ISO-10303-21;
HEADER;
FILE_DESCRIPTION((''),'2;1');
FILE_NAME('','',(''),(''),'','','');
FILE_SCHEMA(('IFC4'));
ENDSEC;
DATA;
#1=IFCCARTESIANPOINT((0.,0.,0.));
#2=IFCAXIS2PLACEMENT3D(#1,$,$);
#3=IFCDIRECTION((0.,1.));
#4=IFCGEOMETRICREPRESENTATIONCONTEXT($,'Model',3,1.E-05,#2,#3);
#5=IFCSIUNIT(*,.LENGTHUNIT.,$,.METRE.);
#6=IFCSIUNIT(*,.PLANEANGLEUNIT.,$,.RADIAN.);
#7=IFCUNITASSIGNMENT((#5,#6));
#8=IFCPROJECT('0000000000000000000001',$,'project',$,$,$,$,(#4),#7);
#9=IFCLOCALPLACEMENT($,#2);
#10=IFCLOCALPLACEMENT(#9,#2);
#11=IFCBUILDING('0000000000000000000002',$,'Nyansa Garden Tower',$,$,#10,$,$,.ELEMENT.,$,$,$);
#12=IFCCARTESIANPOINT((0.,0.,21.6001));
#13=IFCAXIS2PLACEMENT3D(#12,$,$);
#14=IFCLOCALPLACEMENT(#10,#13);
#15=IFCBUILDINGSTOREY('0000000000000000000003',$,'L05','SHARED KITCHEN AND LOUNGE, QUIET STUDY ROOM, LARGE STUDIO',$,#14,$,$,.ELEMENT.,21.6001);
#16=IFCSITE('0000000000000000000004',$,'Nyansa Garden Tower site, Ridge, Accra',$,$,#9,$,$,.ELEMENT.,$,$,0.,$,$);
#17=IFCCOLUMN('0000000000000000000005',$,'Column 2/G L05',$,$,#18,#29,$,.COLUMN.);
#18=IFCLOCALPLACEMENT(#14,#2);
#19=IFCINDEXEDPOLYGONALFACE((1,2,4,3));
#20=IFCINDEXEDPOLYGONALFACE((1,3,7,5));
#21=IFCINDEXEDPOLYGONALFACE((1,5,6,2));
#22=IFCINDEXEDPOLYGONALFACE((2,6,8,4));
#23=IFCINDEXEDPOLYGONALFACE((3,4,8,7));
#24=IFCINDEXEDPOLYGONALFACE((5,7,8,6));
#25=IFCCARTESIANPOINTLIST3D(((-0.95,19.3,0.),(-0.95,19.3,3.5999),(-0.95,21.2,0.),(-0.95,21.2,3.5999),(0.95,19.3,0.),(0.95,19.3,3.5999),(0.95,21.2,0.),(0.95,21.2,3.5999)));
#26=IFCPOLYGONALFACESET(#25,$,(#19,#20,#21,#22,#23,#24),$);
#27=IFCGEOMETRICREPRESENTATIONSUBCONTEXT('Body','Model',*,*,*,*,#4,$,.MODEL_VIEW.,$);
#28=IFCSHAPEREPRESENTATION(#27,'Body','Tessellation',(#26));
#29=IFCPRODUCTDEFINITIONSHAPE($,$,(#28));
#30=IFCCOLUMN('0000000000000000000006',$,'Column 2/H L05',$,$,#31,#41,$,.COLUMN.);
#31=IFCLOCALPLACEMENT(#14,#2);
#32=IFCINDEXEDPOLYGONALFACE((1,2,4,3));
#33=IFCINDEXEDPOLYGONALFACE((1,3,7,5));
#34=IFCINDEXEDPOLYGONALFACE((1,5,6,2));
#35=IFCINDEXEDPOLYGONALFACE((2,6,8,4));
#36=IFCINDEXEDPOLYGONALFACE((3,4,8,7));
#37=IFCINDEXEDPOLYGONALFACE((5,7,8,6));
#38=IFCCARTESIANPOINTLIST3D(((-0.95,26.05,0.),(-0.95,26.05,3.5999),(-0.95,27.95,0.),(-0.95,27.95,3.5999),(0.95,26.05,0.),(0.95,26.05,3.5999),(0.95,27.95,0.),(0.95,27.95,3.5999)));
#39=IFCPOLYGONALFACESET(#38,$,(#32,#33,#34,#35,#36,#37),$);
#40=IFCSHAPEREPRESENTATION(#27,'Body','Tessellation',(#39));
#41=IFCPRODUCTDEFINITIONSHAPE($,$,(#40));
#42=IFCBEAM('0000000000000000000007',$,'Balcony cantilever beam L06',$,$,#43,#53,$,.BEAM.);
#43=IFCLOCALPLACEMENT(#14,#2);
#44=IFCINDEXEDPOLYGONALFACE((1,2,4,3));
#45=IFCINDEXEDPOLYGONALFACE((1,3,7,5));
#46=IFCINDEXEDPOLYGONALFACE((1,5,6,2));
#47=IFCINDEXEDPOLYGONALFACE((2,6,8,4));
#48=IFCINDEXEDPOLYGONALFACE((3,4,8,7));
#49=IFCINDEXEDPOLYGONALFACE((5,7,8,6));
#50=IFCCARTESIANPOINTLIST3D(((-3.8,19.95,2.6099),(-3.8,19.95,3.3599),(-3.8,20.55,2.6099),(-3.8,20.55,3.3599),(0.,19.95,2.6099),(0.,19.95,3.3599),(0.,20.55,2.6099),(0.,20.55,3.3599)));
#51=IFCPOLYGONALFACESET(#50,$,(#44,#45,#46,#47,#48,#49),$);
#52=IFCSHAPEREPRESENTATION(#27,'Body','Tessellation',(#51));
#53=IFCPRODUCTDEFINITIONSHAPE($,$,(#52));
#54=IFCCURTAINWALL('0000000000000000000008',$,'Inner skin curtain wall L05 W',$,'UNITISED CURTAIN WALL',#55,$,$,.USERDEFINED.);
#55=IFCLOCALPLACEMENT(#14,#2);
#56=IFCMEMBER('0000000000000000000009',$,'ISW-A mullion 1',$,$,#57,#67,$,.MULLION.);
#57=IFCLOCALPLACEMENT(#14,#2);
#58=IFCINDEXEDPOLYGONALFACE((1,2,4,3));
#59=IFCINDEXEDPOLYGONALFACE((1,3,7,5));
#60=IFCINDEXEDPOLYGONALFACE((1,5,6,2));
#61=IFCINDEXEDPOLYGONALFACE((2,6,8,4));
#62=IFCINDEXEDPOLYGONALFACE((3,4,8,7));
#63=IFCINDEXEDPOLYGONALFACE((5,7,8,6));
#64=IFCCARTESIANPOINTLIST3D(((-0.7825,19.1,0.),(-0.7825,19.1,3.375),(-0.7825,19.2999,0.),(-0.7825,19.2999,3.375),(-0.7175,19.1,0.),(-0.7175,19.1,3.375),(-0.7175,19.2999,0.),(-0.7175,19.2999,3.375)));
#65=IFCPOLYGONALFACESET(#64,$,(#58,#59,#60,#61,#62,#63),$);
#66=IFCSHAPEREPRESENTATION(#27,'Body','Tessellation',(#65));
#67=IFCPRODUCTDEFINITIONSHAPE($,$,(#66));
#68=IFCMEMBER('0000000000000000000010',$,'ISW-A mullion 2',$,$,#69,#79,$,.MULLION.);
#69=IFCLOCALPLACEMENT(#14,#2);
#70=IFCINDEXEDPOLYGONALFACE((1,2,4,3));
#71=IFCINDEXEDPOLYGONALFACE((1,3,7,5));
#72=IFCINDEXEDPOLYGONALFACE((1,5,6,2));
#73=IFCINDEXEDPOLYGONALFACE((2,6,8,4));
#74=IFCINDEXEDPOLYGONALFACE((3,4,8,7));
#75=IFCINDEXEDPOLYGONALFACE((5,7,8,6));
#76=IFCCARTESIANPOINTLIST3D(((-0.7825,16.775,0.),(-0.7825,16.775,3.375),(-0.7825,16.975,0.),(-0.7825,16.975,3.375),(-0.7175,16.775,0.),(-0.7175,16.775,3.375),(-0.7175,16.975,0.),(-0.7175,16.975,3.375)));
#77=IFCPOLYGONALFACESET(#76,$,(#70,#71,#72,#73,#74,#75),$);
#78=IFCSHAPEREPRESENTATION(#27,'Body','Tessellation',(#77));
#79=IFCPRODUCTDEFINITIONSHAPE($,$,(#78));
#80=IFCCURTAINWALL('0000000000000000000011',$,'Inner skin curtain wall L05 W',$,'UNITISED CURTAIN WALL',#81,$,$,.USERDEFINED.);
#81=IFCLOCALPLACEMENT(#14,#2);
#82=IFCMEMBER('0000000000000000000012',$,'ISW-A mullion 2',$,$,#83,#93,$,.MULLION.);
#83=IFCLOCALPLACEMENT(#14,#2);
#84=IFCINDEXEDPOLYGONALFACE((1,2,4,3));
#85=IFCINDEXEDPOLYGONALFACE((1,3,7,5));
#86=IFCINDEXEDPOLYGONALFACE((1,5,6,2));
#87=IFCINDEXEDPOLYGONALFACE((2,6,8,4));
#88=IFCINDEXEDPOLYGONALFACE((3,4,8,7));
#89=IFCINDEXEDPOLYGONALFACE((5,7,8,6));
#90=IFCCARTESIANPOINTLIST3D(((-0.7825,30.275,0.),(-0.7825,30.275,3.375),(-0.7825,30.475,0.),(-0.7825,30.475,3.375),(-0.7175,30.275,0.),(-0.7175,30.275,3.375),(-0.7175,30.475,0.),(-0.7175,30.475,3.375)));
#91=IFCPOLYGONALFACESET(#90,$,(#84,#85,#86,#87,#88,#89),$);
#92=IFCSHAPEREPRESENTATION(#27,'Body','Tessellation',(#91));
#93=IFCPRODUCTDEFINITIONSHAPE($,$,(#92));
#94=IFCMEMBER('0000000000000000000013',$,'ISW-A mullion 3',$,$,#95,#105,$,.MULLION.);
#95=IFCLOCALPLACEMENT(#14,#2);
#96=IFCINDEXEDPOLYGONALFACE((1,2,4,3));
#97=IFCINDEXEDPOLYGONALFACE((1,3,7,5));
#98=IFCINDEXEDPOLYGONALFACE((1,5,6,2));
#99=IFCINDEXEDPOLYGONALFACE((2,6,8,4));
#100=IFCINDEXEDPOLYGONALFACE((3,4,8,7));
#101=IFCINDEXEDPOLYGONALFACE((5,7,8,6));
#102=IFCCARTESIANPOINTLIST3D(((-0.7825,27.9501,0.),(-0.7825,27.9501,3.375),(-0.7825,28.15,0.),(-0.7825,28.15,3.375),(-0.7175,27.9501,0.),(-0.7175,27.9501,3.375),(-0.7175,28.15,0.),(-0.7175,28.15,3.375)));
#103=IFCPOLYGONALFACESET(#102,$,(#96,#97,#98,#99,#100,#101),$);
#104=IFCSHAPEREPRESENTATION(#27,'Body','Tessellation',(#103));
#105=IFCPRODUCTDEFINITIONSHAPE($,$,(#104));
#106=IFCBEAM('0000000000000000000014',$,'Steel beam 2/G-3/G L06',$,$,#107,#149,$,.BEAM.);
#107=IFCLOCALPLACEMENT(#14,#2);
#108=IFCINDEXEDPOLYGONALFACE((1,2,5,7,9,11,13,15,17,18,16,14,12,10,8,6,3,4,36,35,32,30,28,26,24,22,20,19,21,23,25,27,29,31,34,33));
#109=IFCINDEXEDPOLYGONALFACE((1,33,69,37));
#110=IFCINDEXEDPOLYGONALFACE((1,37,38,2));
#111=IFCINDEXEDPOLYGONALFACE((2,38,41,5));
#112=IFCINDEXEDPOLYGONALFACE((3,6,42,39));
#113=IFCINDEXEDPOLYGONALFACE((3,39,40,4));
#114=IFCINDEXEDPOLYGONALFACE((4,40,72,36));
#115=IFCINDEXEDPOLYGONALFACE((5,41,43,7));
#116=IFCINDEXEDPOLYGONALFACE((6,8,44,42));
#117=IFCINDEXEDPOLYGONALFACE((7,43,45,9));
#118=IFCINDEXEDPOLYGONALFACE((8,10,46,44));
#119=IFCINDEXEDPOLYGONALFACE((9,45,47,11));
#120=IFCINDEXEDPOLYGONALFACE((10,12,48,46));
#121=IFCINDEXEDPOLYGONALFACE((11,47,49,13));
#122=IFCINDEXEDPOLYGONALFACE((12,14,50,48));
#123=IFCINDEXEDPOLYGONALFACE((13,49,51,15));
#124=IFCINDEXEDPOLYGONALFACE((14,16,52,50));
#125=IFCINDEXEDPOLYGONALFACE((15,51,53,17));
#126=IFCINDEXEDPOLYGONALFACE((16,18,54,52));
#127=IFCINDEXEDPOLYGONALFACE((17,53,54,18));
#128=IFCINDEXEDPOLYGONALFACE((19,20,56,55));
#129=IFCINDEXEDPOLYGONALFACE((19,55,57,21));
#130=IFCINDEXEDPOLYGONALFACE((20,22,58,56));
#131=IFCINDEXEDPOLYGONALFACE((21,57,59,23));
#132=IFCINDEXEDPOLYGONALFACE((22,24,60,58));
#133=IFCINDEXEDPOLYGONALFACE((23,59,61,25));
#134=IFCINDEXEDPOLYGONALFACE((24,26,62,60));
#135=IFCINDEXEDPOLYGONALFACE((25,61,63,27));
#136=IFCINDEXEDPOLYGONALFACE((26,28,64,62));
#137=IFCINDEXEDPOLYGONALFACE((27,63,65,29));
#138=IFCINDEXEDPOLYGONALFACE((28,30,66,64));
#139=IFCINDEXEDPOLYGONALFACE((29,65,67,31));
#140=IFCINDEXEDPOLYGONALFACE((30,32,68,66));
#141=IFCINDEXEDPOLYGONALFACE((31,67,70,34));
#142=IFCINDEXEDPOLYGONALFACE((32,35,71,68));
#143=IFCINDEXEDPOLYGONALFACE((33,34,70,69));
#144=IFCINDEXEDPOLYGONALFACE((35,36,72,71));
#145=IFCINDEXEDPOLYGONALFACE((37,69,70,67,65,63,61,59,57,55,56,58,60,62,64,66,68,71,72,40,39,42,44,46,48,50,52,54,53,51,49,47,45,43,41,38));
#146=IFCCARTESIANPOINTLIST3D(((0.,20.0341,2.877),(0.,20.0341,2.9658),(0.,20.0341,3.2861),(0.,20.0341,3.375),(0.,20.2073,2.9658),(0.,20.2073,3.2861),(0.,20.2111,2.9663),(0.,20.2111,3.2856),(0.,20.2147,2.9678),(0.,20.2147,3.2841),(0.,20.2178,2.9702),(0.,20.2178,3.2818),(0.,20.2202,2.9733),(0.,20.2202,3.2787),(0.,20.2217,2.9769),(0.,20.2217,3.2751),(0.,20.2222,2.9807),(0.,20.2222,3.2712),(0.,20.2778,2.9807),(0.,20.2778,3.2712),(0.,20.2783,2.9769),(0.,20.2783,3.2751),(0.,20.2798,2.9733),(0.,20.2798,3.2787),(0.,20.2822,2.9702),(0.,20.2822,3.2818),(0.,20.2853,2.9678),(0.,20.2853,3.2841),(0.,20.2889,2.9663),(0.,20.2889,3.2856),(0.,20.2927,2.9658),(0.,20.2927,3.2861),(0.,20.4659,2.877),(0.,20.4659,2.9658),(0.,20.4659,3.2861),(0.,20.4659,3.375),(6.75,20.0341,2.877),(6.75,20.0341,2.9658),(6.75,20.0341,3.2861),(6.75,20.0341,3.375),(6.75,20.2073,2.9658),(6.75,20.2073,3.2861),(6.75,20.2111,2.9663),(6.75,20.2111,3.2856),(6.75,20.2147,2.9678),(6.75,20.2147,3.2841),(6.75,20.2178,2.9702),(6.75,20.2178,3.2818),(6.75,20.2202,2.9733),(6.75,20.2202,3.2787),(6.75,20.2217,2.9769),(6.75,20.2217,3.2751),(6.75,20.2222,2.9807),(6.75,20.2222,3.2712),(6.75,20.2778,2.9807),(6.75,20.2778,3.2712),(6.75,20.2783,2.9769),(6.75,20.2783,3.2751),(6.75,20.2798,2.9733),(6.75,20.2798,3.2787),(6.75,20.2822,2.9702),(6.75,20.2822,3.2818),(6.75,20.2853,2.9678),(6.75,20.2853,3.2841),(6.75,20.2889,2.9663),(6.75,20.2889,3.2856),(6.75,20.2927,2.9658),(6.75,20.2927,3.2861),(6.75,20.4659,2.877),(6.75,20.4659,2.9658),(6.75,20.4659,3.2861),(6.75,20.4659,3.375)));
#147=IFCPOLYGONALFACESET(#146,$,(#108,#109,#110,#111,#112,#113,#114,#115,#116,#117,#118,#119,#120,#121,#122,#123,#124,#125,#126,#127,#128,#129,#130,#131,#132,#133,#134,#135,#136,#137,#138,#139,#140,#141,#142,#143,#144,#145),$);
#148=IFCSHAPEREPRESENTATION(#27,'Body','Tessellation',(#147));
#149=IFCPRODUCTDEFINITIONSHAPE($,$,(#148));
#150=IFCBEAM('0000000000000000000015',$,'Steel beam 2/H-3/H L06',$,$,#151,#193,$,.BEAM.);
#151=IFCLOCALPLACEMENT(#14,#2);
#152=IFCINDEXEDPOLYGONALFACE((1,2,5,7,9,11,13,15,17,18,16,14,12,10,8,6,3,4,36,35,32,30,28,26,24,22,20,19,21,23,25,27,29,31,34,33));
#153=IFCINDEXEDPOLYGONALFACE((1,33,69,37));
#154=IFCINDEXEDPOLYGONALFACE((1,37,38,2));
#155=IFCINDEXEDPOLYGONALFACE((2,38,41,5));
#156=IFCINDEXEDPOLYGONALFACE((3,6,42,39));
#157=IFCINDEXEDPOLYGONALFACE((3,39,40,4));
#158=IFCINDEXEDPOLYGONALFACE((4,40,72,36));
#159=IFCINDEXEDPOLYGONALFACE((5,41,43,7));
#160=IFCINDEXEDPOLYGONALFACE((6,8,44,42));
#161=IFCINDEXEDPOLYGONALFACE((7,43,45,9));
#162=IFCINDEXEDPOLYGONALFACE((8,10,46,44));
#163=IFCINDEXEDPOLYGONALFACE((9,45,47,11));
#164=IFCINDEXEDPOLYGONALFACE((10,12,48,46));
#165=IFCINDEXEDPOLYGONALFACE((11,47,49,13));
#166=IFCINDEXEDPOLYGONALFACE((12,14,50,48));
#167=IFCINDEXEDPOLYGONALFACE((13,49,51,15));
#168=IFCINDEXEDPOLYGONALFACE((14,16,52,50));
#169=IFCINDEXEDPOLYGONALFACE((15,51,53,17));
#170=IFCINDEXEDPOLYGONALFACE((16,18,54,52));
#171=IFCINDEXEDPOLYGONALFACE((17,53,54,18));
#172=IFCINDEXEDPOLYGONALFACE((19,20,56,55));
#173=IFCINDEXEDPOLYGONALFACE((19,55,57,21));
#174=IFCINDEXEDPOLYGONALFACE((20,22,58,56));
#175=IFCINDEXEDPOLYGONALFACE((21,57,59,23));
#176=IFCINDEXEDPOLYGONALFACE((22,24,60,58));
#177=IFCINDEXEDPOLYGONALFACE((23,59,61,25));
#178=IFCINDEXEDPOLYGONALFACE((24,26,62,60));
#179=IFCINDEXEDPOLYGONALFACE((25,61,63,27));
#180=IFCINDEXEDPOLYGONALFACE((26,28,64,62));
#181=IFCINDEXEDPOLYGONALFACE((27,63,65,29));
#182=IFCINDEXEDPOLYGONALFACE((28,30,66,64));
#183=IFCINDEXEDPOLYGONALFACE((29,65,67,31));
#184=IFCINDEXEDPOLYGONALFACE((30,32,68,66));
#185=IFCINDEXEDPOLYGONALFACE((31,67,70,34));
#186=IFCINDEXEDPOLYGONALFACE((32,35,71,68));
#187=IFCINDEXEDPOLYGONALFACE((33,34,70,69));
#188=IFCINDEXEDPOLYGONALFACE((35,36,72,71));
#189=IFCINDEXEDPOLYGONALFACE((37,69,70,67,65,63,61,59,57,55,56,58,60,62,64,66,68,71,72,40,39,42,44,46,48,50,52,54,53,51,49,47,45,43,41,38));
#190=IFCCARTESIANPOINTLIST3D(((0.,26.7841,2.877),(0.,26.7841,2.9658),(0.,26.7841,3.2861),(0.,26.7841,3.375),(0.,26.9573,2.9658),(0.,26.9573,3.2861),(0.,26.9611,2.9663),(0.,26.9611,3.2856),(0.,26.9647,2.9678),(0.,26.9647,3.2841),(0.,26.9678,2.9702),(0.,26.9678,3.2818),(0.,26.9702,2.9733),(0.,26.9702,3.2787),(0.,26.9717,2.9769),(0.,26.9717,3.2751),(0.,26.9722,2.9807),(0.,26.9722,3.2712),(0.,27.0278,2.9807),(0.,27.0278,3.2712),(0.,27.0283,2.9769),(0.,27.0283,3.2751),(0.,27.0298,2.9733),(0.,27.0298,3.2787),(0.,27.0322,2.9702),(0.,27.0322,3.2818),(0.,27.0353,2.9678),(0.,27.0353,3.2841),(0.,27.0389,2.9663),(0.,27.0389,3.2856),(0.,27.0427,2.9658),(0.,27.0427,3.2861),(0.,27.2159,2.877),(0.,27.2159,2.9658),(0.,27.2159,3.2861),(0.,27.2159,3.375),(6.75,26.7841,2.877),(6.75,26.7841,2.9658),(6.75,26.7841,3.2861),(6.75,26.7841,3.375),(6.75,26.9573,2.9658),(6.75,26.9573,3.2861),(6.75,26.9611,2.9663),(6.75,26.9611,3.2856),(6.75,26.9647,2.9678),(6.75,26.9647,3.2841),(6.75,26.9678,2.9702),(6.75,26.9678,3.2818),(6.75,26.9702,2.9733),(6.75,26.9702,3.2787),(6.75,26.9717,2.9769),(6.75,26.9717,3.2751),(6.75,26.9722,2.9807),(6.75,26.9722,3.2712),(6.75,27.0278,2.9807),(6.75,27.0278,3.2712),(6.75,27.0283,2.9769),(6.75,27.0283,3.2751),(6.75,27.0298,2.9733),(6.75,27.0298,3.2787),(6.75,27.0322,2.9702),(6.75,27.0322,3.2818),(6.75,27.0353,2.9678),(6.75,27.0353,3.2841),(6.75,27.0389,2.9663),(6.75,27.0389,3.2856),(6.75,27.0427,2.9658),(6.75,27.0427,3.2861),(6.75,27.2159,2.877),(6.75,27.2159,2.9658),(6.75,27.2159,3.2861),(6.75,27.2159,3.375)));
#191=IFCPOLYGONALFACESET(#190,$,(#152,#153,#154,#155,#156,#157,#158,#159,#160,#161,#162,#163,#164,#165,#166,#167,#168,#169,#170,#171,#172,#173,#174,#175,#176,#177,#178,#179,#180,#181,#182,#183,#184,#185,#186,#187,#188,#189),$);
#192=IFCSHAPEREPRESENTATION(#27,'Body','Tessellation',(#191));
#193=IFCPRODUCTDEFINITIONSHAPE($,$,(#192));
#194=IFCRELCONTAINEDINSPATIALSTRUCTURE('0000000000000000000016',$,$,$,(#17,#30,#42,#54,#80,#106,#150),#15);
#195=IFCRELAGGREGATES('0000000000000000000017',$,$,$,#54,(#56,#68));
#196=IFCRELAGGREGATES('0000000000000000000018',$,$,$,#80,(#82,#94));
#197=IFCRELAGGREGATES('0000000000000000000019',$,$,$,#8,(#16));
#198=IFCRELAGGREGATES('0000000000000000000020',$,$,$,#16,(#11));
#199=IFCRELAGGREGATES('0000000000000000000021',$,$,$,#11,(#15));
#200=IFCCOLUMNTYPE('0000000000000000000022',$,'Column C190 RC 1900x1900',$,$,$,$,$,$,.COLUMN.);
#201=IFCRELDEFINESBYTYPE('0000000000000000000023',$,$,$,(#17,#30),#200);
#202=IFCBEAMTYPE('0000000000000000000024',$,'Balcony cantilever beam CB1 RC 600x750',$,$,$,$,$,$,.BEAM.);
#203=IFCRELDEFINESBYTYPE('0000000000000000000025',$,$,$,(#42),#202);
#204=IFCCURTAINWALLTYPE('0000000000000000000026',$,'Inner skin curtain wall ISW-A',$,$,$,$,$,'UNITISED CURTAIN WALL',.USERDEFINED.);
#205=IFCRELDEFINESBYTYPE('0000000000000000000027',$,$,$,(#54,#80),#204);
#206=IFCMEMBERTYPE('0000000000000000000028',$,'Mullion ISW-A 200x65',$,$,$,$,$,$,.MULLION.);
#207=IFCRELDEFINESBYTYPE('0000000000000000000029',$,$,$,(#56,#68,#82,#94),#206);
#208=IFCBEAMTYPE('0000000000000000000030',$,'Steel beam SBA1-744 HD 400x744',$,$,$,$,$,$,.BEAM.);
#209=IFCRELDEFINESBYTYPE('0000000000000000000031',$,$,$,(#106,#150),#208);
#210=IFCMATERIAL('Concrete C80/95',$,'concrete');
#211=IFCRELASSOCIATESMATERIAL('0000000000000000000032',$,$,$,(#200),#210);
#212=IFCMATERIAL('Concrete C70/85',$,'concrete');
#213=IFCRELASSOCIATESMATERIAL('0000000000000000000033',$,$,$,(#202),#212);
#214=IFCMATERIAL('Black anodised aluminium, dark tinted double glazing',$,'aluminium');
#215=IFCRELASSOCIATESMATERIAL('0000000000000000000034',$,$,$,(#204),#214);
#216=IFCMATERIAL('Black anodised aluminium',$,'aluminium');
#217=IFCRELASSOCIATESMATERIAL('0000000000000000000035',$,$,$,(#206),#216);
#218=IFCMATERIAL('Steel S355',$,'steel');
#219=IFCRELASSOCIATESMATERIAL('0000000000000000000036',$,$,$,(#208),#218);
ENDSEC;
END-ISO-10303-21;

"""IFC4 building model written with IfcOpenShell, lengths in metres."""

from ifc_helpers import new_model, si_unit, direction, frame, origin, origin_2d, place, context, subcontext, project, spatial, rectangle, i_section, extrude, material, material_profile, profile_set, type_object, element, aggregate, save


model = new_model("IFC4")

# Units and contexts
model_context = context("Model", 3, precision=1e-05, world=origin(), true_north=direction((0.0, 1.0)))
body_context = subcontext(model_context, "Body", "Model", "MODEL_VIEW")
ifc_project = project(units=[si_unit("LENGTHUNIT", "METRE"), si_unit("PLANEANGLEUNIT", "RADIAN")], contexts=[model_context])

# Site, building, storey
site_placement = place(None, origin())
site = spatial("IfcSite", under=ifc_project, at=site_placement, Name="Nyansa Garden Tower site, Ridge, Accra", CompositionType="ELEMENT", RefElevation=0.0)
building_placement = place(site_placement, origin())
building = spatial("IfcBuilding", under=site, at=building_placement, Name="Nyansa Garden Tower", CompositionType="ELEMENT")
storey_placement = place(building_placement, frame((0.0, 0.0, 21.6001)))
storey = spatial("IfcBuildingStorey", under=building, at=storey_placement, Name="L05", Description="SHARED KITCHEN AND LOUNGE, QUIET STUDY ROOM, LARGE STUDIO", CompositionType="ELEMENT", Elevation=21.6001)

# Columns
ifc_material_1 = material(Name="Concrete C80/95", Category="concrete")
ifc_material_profile_1 = material_profile(ifc_material_1, rectangle(XDim=1.8999, YDim=1.8999, at=origin_2d()), Name="RC 1900x1900")
ifc_profile_set_1 = profile_set([ifc_material_profile_1], Name="Concrete C80/95")
column_type = type_object("IfcColumnType", Name="Column C190 RC 1900x1900", PredefinedType="COLUMN", material=ifc_profile_set_1)
for number, where, z_axis, x_axis, name in (
    (1, (0.0, 20.25, 0.0), (0.0, 0.0, 1.0), (1.0, 0.0, 0.0), "Column 2/G L05"),
    (2, (0.0, 27.0, 0.0), (0.0, 0.0, 1.0), (1.0, 0.0, 0.0), "Column 2/H L05"),
):
    element("IfcColumn", number, at=place(storey_placement, frame(where, z_axis=z_axis, x_axis=x_axis)), inside=storey, type_object=column_type, Name=name, PredefinedType="COLUMN", context=body_context, shape_type="SweptSolid", body=[
        extrude(rectangle(XDim=1.8999, YDim=1.8999, at=origin_2d()), origin(), (0.0, 0.0, 1.0), 3.5999),
    ])

# Beam
ifc_material_2 = material(Name="Concrete C70/85", Category="concrete")
ifc_material_profile_2 = material_profile(ifc_material_2, rectangle(XDim=0.6001, YDim=0.75, at=origin_2d()), Name="RC 600x750")
ifc_profile_set_2 = profile_set([ifc_material_profile_2], Name="Concrete C70/85")
beam_type_1 = type_object("IfcBeamType", Name="Balcony cantilever beam CB1 RC 600x750", PredefinedType="BEAM", material=ifc_profile_set_2)
beam_placement = place(storey_placement, frame((0.0, 20.25, 2.9849), z_axis=(-1.0, 0.0, 0.0), x_axis=(0.0, -1.0, 0.0)))
element("IfcBeam", 3, at=beam_placement, inside=storey, type_object=beam_type_1, Name="Balcony cantilever beam L06", PredefinedType="BEAM", context=body_context, shape_type="SweptSolid", body=[
    extrude(rectangle(XDim=0.6001, YDim=0.75, at=origin_2d()), origin(), (0.0, 0.0, 1.0), 3.8),
])

# Curtain walls, members
ifc_material_3 = material(Name="Black anodised aluminium, dark tinted double glazing", Category="aluminium")
curtain_wall_type = type_object("IfcCurtainWallType", Name="Inner skin curtain wall ISW-A", ElementType="UNITISED CURTAIN WALL", PredefinedType="USERDEFINED", material=ifc_material_3)
curtain_wall_1_placement = place(storey_placement, origin())
curtain_wall_1 = element("IfcCurtainWall", 4, at=curtain_wall_1_placement, inside=storey, type_object=curtain_wall_type, Name="Inner skin curtain wall L05 W", ObjectType="UNITISED CURTAIN WALL", PredefinedType="USERDEFINED")
ifc_material_4 = material(Name="Black anodised aluminium", Category="aluminium")
ifc_material_profile_3 = material_profile(ifc_material_4, rectangle(XDim=0.0649, YDim=0.2, at=origin_2d()), Name="Mullion 200x65")
ifc_profile_set_3 = profile_set([ifc_material_profile_3], Name="Black anodised aluminium")
member_type_1 = type_object("IfcMemberType", Name="Mullion ISW-A 200x65", PredefinedType="MULLION", material=ifc_profile_set_3)
member_1_placement = place(storey_placement, frame((-0.75, 19.2, 0.0), z_axis=(0.0, 0.0, 1.0), x_axis=(1.0, 0.0, 0.0)))
member_1 = element("IfcMember", 5, at=member_1_placement, type_object=member_type_1, Name="ISW-A mullion 1", PredefinedType="MULLION", context=body_context, shape_type="SweptSolid", body=[
    extrude(rectangle(XDim=0.0649, YDim=0.2, at=origin_2d()), origin(), (0.0, 0.0, 1.0), 3.375),
])
member_2_placement = place(storey_placement, frame((-0.75, 16.875, 0.0), z_axis=(0.0, 0.0, 1.0), x_axis=(1.0, 0.0, 0.0)))
member_2 = element("IfcMember", 6, at=member_2_placement, type_object=member_type_1, Name="ISW-A mullion 2", PredefinedType="MULLION", context=body_context, shape_type="SweptSolid", body=[
    extrude(rectangle(XDim=0.0649, YDim=0.2, at=origin_2d()), origin(), (0.0, 0.0, 1.0), 3.375),
])
curtain_wall_2_placement = place(storey_placement, origin())
curtain_wall_2 = element("IfcCurtainWall", 7, at=curtain_wall_2_placement, inside=storey, type_object=curtain_wall_type, Name="Inner skin curtain wall L05 W", ObjectType="UNITISED CURTAIN WALL", PredefinedType="USERDEFINED")
member_3_placement = place(storey_placement, frame((-0.75, 30.375, 0.0), z_axis=(0.0, 0.0, 1.0), x_axis=(1.0, 0.0, 0.0)))
member_3 = element("IfcMember", 8, at=member_3_placement, type_object=member_type_1, Name="ISW-A mullion 2", PredefinedType="MULLION", context=body_context, shape_type="SweptSolid", body=[
    extrude(rectangle(XDim=0.0649, YDim=0.2, at=origin_2d()), origin(), (0.0, 0.0, 1.0), 3.375),
])
member_4_placement = place(storey_placement, frame((-0.75, 28.05, 0.0), z_axis=(0.0, 0.0, 1.0), x_axis=(1.0, 0.0, 0.0)))
member_4 = element("IfcMember", 9, at=member_4_placement, type_object=member_type_1, Name="ISW-A mullion 3", PredefinedType="MULLION", context=body_context, shape_type="SweptSolid", body=[
    extrude(rectangle(XDim=0.0649, YDim=0.2, at=origin_2d()), origin(), (0.0, 0.0, 1.0), 3.375),
])

# Beams
ifc_material_5 = material(Name="Steel S355", Category="steel")
ifc_material_profile_4 = material_profile(ifc_material_5, i_section(OverallWidth=0.4319, OverallDepth=0.498, WebThickness=0.0557, FlangeThickness=0.0889, FilletRadius=0.0149, at=origin_2d()), Name="HD 400x744")
ifc_profile_set_4 = profile_set([ifc_material_profile_4], Name="Steel S355")
beam_type_2 = type_object("IfcBeamType", Name="Steel beam SBA1-744 HD 400x744", PredefinedType="BEAM", material=ifc_profile_set_4)
for number, where, z_axis, x_axis, name in (
    (10, (0.0, 20.25, 3.126), (1.0, 0.0, 0.0), (0.0, 1.0, 0.0), "Steel beam 2/G-3/G L06"),
    (11, (0.0, 27.0, 3.126), (1.0, 0.0, 0.0), (0.0, 1.0, 0.0), "Steel beam 2/H-3/H L06"),
):
    element("IfcBeam", number, at=place(storey_placement, frame(where, z_axis=z_axis, x_axis=x_axis)), inside=storey, type_object=beam_type_2, Name=name, PredefinedType="BEAM", context=body_context, shape_type="SweptSolid", body=[
        extrude(i_section(OverallWidth=0.4319, OverallDepth=0.498, WebThickness=0.0557, FlangeThickness=0.0889, FilletRadius=0.0149, at=origin_2d()), origin(), (0.0, 0.0, 1.0), 6.75),
    ])

aggregate(curtain_wall_1, [member_1, member_2])
aggregate(curtain_wall_2, [member_3, member_4])

save(model, "model.ifc")
